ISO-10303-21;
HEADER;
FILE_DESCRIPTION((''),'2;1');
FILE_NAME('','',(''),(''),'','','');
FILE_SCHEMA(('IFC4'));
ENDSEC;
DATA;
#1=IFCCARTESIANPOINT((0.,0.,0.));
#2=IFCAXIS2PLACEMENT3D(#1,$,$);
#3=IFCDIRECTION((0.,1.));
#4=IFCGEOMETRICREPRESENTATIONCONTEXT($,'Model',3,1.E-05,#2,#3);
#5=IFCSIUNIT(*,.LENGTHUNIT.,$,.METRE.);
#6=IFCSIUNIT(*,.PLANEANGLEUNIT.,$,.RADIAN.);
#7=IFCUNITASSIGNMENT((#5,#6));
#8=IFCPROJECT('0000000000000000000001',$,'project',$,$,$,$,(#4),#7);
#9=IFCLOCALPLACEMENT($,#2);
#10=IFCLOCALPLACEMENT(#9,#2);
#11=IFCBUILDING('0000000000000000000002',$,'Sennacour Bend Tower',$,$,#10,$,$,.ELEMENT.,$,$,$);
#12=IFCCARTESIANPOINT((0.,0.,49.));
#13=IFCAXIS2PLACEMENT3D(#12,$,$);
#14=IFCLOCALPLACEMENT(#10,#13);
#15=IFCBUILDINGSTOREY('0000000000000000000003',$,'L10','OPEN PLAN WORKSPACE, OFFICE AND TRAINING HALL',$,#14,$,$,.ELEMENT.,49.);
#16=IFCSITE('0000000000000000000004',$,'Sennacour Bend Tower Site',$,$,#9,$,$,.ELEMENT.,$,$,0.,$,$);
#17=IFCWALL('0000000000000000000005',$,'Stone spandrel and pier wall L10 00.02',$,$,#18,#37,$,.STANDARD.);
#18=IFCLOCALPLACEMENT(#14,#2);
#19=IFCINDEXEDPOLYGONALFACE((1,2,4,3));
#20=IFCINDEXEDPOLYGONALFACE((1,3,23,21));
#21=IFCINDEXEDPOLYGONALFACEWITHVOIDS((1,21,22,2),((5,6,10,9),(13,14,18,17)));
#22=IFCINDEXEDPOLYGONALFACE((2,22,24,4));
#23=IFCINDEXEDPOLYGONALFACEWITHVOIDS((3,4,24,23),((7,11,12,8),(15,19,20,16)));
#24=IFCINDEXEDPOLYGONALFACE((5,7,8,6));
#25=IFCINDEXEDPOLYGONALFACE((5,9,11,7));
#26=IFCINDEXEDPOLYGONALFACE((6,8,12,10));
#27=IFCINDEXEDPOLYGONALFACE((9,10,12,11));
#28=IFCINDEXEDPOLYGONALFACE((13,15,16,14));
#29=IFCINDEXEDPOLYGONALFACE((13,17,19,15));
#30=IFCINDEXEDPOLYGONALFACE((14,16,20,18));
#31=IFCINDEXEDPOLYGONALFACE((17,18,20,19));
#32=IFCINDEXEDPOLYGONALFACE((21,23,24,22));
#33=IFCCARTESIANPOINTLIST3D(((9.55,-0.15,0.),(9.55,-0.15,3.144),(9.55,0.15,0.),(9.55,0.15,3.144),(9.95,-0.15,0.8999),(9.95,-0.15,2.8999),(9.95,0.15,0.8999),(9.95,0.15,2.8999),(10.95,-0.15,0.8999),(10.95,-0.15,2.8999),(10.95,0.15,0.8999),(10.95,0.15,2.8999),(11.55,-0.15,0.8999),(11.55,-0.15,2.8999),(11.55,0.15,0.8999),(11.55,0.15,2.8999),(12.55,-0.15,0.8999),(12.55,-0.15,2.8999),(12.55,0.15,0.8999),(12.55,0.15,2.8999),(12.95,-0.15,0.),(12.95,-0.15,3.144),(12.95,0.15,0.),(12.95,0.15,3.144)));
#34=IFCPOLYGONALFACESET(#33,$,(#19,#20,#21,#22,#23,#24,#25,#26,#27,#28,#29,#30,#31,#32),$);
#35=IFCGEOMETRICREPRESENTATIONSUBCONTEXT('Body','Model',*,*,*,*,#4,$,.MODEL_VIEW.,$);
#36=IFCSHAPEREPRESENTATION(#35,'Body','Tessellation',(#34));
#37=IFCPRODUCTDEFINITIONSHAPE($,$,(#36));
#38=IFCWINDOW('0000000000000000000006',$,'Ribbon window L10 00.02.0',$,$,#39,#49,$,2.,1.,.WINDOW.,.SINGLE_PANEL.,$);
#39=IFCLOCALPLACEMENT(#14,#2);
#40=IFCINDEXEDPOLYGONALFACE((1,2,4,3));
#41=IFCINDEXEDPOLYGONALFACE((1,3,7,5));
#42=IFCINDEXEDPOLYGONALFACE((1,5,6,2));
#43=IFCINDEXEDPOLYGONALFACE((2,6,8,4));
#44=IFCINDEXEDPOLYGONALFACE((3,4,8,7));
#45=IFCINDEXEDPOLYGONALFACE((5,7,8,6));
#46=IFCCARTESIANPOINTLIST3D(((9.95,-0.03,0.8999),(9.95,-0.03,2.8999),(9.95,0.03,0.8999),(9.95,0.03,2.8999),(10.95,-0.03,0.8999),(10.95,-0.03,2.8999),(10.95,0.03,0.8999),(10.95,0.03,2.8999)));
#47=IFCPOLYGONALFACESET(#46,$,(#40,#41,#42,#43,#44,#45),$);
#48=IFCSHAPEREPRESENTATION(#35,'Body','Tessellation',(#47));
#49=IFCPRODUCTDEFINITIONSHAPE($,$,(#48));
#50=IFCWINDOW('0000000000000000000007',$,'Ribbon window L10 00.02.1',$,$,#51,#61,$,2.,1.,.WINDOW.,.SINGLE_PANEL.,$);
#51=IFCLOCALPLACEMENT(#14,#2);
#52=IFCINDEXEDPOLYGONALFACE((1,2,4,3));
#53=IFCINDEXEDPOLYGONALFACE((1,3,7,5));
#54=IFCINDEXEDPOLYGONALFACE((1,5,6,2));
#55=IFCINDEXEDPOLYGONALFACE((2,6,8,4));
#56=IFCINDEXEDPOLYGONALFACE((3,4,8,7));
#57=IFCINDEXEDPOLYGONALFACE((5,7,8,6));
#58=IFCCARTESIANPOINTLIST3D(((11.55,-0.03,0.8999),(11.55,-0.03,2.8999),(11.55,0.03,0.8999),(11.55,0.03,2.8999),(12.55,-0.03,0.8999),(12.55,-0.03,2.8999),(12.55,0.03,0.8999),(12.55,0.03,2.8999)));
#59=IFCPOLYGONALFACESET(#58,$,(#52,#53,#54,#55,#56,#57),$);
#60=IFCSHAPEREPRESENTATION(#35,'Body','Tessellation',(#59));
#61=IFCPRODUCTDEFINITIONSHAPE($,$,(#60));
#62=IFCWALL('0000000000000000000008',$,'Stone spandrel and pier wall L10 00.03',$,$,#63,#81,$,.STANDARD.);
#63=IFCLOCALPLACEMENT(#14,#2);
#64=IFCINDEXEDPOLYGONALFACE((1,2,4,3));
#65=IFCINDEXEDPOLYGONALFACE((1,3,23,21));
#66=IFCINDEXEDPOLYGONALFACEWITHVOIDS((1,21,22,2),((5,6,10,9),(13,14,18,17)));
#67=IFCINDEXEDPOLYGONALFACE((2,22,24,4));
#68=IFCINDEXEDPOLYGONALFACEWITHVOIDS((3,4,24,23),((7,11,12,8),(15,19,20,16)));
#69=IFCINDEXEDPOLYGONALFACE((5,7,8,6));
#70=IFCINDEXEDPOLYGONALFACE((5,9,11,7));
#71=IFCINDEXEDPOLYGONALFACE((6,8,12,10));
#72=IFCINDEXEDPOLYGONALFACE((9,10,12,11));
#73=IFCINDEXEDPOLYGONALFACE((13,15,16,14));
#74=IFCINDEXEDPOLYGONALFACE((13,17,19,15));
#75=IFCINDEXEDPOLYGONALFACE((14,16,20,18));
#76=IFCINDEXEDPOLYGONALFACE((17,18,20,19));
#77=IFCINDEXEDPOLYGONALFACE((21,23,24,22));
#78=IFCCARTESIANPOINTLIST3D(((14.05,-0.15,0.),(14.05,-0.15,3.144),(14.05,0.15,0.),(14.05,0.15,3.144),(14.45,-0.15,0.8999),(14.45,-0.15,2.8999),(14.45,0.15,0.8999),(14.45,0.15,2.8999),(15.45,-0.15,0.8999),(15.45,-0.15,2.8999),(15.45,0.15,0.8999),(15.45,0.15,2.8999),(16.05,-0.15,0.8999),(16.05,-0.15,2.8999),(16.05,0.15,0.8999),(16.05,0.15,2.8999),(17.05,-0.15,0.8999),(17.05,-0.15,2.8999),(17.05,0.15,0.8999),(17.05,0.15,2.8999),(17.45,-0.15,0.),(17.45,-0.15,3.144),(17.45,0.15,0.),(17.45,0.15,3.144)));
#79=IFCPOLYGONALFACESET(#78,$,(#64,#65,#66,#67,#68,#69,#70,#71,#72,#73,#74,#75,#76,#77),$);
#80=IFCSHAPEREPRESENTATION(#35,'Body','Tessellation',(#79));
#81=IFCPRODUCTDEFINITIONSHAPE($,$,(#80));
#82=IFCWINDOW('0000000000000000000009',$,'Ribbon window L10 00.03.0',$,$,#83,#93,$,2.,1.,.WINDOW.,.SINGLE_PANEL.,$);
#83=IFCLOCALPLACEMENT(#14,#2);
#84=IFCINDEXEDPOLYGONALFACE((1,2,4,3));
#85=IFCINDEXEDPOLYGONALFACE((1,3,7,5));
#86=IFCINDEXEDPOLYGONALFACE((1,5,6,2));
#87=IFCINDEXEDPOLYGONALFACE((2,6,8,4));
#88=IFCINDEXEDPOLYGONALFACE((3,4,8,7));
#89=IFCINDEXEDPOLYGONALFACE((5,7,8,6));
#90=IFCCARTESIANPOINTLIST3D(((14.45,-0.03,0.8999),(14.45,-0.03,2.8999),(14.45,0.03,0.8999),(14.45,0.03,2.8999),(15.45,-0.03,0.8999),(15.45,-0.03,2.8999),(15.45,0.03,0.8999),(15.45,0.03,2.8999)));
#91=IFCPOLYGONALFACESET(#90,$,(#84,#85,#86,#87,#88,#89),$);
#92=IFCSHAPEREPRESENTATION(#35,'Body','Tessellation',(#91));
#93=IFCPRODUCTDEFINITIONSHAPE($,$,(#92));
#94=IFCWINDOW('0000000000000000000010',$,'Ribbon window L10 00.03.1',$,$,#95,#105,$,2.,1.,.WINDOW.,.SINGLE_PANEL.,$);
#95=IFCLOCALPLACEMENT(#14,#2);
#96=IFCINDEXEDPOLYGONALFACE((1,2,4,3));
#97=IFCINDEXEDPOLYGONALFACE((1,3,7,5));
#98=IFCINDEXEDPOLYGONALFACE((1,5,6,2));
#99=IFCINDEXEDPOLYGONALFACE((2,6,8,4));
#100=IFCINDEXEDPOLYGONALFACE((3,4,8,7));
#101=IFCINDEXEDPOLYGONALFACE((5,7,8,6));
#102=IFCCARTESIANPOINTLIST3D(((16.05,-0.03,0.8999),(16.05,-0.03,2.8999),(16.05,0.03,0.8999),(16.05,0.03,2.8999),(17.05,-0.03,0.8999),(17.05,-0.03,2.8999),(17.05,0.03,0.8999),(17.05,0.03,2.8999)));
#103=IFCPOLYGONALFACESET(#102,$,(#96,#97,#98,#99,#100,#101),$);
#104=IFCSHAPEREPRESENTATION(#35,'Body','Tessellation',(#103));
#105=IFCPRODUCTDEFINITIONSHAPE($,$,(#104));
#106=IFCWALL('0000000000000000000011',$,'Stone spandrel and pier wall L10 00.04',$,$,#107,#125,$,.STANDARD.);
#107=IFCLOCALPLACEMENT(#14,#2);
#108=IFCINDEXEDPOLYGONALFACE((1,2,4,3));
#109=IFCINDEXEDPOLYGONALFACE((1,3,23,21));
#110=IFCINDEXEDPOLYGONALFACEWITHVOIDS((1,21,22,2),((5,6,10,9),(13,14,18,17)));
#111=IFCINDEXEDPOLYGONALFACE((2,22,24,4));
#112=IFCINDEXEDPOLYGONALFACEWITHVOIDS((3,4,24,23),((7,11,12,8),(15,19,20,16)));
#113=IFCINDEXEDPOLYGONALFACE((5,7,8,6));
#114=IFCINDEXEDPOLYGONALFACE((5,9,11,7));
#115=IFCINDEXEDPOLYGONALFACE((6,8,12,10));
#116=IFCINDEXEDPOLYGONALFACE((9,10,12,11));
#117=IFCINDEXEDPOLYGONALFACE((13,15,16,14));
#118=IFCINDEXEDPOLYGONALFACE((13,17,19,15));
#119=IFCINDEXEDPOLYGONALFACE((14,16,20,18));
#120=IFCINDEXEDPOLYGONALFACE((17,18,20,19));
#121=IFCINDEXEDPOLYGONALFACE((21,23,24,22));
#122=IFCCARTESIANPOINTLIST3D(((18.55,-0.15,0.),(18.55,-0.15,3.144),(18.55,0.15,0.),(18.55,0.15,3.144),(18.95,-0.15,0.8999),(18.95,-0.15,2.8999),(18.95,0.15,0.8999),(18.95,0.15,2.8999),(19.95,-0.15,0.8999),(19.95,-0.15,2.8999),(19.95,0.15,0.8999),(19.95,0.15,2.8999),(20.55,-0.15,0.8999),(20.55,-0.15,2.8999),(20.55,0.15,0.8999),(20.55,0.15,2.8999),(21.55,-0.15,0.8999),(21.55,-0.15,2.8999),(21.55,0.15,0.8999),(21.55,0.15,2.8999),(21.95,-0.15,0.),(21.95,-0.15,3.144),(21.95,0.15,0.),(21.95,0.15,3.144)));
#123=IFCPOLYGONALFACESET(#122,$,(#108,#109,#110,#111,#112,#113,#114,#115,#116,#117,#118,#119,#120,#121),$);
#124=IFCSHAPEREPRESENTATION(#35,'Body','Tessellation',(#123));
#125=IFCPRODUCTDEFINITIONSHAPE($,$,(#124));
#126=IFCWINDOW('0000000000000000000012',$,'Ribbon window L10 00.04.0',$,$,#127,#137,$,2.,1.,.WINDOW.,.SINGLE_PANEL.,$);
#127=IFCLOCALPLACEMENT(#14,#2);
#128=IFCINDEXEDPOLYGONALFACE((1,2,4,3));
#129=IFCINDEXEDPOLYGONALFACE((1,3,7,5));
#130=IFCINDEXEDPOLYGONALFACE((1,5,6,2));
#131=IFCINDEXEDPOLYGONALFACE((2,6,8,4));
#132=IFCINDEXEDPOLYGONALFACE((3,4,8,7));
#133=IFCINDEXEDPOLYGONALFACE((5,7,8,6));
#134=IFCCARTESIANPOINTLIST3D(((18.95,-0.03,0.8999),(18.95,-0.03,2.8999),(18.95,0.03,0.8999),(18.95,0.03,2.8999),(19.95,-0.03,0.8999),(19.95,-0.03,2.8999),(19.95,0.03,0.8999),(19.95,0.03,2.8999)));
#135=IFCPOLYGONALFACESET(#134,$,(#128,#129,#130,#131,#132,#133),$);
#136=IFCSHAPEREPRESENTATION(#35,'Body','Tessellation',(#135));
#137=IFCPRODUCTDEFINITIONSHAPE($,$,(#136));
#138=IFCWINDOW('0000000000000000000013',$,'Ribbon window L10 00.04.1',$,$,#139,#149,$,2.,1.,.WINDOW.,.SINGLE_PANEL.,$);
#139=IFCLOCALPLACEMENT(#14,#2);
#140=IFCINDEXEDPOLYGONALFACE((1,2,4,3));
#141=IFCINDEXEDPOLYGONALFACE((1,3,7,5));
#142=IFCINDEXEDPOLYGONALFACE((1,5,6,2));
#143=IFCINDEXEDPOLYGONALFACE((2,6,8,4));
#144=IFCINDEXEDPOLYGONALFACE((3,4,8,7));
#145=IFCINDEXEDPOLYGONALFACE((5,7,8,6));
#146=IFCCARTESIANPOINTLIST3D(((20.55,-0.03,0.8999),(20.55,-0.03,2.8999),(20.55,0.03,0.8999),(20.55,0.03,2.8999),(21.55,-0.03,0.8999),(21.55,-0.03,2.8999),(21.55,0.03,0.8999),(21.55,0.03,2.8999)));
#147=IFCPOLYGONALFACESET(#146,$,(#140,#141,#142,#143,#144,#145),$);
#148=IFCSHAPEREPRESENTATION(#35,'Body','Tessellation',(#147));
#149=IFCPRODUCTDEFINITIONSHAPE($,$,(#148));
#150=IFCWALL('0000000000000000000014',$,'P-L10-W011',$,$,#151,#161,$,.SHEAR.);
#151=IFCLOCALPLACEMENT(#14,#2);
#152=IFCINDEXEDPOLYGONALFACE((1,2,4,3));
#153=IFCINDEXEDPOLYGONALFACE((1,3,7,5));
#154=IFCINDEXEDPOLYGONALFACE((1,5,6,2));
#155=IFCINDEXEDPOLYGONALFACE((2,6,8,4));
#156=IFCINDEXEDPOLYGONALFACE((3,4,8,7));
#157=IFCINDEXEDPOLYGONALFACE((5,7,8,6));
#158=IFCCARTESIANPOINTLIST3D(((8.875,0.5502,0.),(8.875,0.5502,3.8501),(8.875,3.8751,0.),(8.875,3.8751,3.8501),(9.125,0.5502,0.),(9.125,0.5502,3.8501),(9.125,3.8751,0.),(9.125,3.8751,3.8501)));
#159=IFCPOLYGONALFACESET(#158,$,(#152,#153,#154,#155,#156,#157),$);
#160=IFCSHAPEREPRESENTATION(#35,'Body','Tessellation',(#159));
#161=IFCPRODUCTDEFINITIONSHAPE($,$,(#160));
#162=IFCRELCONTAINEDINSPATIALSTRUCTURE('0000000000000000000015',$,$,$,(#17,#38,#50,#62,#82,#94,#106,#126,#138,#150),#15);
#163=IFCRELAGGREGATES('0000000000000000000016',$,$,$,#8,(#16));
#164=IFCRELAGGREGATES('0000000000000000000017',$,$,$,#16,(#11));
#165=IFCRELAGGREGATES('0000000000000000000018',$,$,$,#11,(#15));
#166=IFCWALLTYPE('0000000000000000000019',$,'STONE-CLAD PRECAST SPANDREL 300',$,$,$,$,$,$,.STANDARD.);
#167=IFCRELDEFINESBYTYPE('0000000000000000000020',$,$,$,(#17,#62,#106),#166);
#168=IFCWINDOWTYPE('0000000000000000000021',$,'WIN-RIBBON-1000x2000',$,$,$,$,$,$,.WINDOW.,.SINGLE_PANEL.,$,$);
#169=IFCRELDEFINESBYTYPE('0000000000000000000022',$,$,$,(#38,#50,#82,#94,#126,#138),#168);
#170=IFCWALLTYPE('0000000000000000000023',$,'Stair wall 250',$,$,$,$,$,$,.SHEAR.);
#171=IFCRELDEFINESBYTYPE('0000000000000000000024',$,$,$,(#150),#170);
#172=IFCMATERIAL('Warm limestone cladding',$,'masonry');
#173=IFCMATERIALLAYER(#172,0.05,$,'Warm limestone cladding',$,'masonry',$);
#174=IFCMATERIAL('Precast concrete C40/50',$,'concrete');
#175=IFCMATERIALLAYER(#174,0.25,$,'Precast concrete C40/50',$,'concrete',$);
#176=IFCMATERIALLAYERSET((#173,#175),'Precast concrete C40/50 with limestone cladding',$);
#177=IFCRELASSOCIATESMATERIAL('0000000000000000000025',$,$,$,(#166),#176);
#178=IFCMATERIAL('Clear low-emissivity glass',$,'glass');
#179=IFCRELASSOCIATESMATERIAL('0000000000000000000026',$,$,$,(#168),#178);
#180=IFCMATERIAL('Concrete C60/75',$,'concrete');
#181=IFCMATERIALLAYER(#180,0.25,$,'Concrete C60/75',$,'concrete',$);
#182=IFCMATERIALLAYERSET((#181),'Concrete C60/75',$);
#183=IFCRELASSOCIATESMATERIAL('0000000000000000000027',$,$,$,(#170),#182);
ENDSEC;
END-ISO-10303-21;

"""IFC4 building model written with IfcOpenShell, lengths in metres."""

from ifc_helpers import new_model, si_unit, direction, frame, frame_2d, origin, place, context, subcontext, project, spatial, rectangle, extrude, material, layer, layer_set, type_object, element, fill, save


model = new_model("IFC4")

# Units and contexts
model_context = context("Model", 3, precision=1e-05, world=origin(), true_north=direction((0.0, 1.0)))
body_context = subcontext(model_context, "Body", "Model", "MODEL_VIEW")
ifc_project = project(units=[si_unit("LENGTHUNIT", "METRE"), si_unit("PLANEANGLEUNIT", "RADIAN")], contexts=[model_context])

# Site, building, storey
site_placement = place(None, origin())
site = spatial("IfcSite", under=ifc_project, at=site_placement, Name="Sennacour Bend Tower Site", CompositionType="ELEMENT", RefElevation=0.0)
building_placement = place(site_placement, origin())
building = spatial("IfcBuilding", under=site, at=building_placement, Name="Sennacour Bend Tower", CompositionType="ELEMENT")
storey_placement = place(building_placement, frame((0.0, 0.0, 49.0)))
storey = spatial("IfcBuildingStorey", under=building, at=storey_placement, Name="L10", Description="OPEN PLAN WORKSPACE, OFFICE AND TRAINING HALL", CompositionType="ELEMENT", Elevation=49.0)

# Walls, openings, windows
ifc_material_1 = material(Name="Warm limestone cladding", Category="masonry")
ifc_layer_1 = layer(ifc_material_1, 0.05, Name="Warm limestone cladding", Category="masonry")
ifc_material_2 = material(Name="Precast concrete C40/50", Category="concrete")
ifc_layer_2 = layer(ifc_material_2, 0.25, Name="Precast concrete C40/50", Category="concrete")
ifc_layer_set_1 = layer_set([ifc_layer_1, ifc_layer_2], Name="Precast concrete C40/50 with limestone cladding")
wall_type_1 = type_object("IfcWallType", Name="STONE-CLAD PRECAST SPANDREL 300", PredefinedType="STANDARD", material=ifc_layer_set_1)
ifc_material_3 = material(Name="Clear low-emissivity glass", Category="glass")
window_type = type_object("IfcWindowType", Name="WIN-RIBBON-1000x2000", PartitioningType="SINGLE_PANEL", PredefinedType="WINDOW", material=ifc_material_3)
wall_1_placement = place(storey_placement, frame((9.55, 0.0, 0.0), z_axis=(0.0, 0.0, 1.0), x_axis=(1.0, 0.0, 0.0)))
wall_1 = element("IfcWall", 1, at=wall_1_placement, inside=storey, type_object=wall_type_1, Name="Stone spandrel and pier wall L10 00.02", PredefinedType="STANDARD", context=body_context, shape_type="SweptSolid", body=[
    extrude(rectangle(XDim=3.3999, YDim=0.3, at=frame_2d((1.7, 0.0))), origin(), (0.0, 0.0, 1.0), 3.144),
])
opening_1_placement = place(wall_1_placement, frame((0.3999, 0.0, 0.8999)))
opening_1 = element("IfcOpeningElement", 2, at=opening_1_placement, cuts=wall_1, PredefinedType="OPENING", context=body_context, shape_type="SweptSolid", body=[
    extrude(rectangle(XDim=1.0, YDim=2.0, at=frame_2d((0.5, 1.0))), frame((0.0, 0.1602, 0.0), z_axis=(0.0, -1.0, 0.0), x_axis=(1.0, 0.0, 0.0)), (0.0, 0.0, 1.0), 0.3201),
])
opening_2_placement = place(wall_1_placement, frame((2.0, 0.0, 0.8999)))
opening_2 = element("IfcOpeningElement", 3, at=opening_2_placement, cuts=wall_1, PredefinedType="OPENING", context=body_context, shape_type="SweptSolid", body=[
    extrude(rectangle(XDim=1.0, YDim=2.0, at=frame_2d((0.5, 1.0))), frame((0.0, 0.1602, 0.0), z_axis=(0.0, -1.0, 0.0), x_axis=(1.0, 0.0, 0.0)), (0.0, 0.0, 1.0), 0.3201),
])
window_1_placement = place(opening_1_placement, origin())
window_1 = element("IfcWindow", 4, at=window_1_placement, inside=storey, type_object=window_type, Name="Ribbon window L10 00.02.0", OverallHeight=2.0, OverallWidth=1.0, PartitioningType="SINGLE_PANEL", PredefinedType="WINDOW", context=body_context, shape_type="SweptSolid", body=[
    extrude(rectangle(XDim=1.0, YDim=2.0, at=frame_2d((0.5, 1.0))), frame((0.0, 0.03, 0.0), z_axis=(0.0, -1.0, 0.0), x_axis=(1.0, 0.0, 0.0)), (0.0, 0.0, 1.0), 0.0601),
])
fill(opening_1, window_1)
window_2_placement = place(opening_2_placement, origin())
window_2 = element("IfcWindow", 5, at=window_2_placement, inside=storey, type_object=window_type, Name="Ribbon window L10 00.02.1", OverallHeight=2.0, OverallWidth=1.0, PartitioningType="SINGLE_PANEL", PredefinedType="WINDOW", context=body_context, shape_type="SweptSolid", body=[
    extrude(rectangle(XDim=1.0, YDim=2.0, at=frame_2d((0.5, 1.0))), frame((0.0, 0.03, 0.0), z_axis=(0.0, -1.0, 0.0), x_axis=(1.0, 0.0, 0.0)), (0.0, 0.0, 1.0), 0.0601),
])
fill(opening_2, window_2)
wall_2_placement = place(storey_placement, frame((14.05, 0.0, 0.0), z_axis=(0.0, 0.0, 1.0), x_axis=(1.0, 0.0, 0.0)))
wall_2 = element("IfcWall", 6, at=wall_2_placement, inside=storey, type_object=wall_type_1, Name="Stone spandrel and pier wall L10 00.03", PredefinedType="STANDARD", context=body_context, shape_type="SweptSolid", body=[
    extrude(rectangle(XDim=3.3999, YDim=0.3, at=frame_2d((1.7, 0.0))), origin(), (0.0, 0.0, 1.0), 3.144),
])
opening_3_placement = place(wall_2_placement, frame((0.3999, 0.0, 0.8999)))
opening_3 = element("IfcOpeningElement", 7, at=opening_3_placement, cuts=wall_2, PredefinedType="OPENING", context=body_context, shape_type="SweptSolid", body=[
    extrude(rectangle(XDim=1.0, YDim=2.0, at=frame_2d((0.5, 1.0))), frame((0.0, 0.1602, 0.0), z_axis=(0.0, -1.0, 0.0), x_axis=(1.0, 0.0, 0.0)), (0.0, 0.0, 1.0), 0.3201),
])
opening_4_placement = place(wall_2_placement, frame((2.0, 0.0, 0.8999)))
opening_4 = element("IfcOpeningElement", 8, at=opening_4_placement, cuts=wall_2, PredefinedType="OPENING", context=body_context, shape_type="SweptSolid", body=[
    extrude(rectangle(XDim=1.0, YDim=2.0, at=frame_2d((0.5, 1.0))), frame((0.0, 0.1602, 0.0), z_axis=(0.0, -1.0, 0.0), x_axis=(1.0, 0.0, 0.0)), (0.0, 0.0, 1.0), 0.3201),
])
window_3_placement = place(opening_3_placement, origin())
window_3 = element("IfcWindow", 9, at=window_3_placement, inside=storey, type_object=window_type, Name="Ribbon window L10 00.03.0", OverallHeight=2.0, OverallWidth=1.0, PartitioningType="SINGLE_PANEL", PredefinedType="WINDOW", context=body_context, shape_type="SweptSolid", body=[
    extrude(rectangle(XDim=1.0, YDim=2.0, at=frame_2d((0.5, 1.0))), frame((0.0, 0.03, 0.0), z_axis=(0.0, -1.0, 0.0), x_axis=(1.0, 0.0, 0.0)), (0.0, 0.0, 1.0), 0.0601),
])
fill(opening_3, window_3)
window_4_placement = place(opening_4_placement, origin())
window_4 = element("IfcWindow", 10, at=window_4_placement, inside=storey, type_object=window_type, Name="Ribbon window L10 00.03.1", OverallHeight=2.0, OverallWidth=1.0, PartitioningType="SINGLE_PANEL", PredefinedType="WINDOW", context=body_context, shape_type="SweptSolid", body=[
    extrude(rectangle(XDim=1.0, YDim=2.0, at=frame_2d((0.5, 1.0))), frame((0.0, 0.03, 0.0), z_axis=(0.0, -1.0, 0.0), x_axis=(1.0, 0.0, 0.0)), (0.0, 0.0, 1.0), 0.0601),
])
fill(opening_4, window_4)
wall_3_placement = place(storey_placement, frame((18.55, 0.0, 0.0), z_axis=(0.0, 0.0, 1.0), x_axis=(1.0, 0.0, 0.0)))
wall_3 = element("IfcWall", 11, at=wall_3_placement, inside=storey, type_object=wall_type_1, Name="Stone spandrel and pier wall L10 00.04", PredefinedType="STANDARD", context=body_context, shape_type="SweptSolid", body=[
    extrude(rectangle(XDim=3.3999, YDim=0.3, at=frame_2d((1.7, 0.0))), origin(), (0.0, 0.0, 1.0), 3.144),
])
opening_5_placement = place(wall_3_placement, frame((0.3999, 0.0, 0.8999)))
opening_5 = element("IfcOpeningElement", 12, at=opening_5_placement, cuts=wall_3, PredefinedType="OPENING", context=body_context, shape_type="SweptSolid", body=[
    extrude(rectangle(XDim=1.0, YDim=2.0, at=frame_2d((0.5, 1.0))), frame((0.0, 0.1602, 0.0), z_axis=(0.0, -1.0, 0.0), x_axis=(1.0, 0.0, 0.0)), (0.0, 0.0, 1.0), 0.3201),
])
opening_6_placement = place(wall_3_placement, frame((2.0, 0.0, 0.8999)))
opening_6 = element("IfcOpeningElement", 13, at=opening_6_placement, cuts=wall_3, PredefinedType="OPENING", context=body_context, shape_type="SweptSolid", body=[
    extrude(rectangle(XDim=1.0, YDim=2.0, at=frame_2d((0.5, 1.0))), frame((0.0, 0.1602, 0.0), z_axis=(0.0, -1.0, 0.0), x_axis=(1.0, 0.0, 0.0)), (0.0, 0.0, 1.0), 0.3201),
])
window_5_placement = place(opening_5_placement, origin())
window_5 = element("IfcWindow", 14, at=window_5_placement, inside=storey, type_object=window_type, Name="Ribbon window L10 00.04.0", OverallHeight=2.0, OverallWidth=1.0, PartitioningType="SINGLE_PANEL", PredefinedType="WINDOW", context=body_context, shape_type="SweptSolid", body=[
    extrude(rectangle(XDim=1.0, YDim=2.0, at=frame_2d((0.5, 1.0))), frame((0.0, 0.03, 0.0), z_axis=(0.0, -1.0, 0.0), x_axis=(1.0, 0.0, 0.0)), (0.0, 0.0, 1.0), 0.0601),
])
fill(opening_5, window_5)
window_6_placement = place(opening_6_placement, origin())
window_6 = element("IfcWindow", 15, at=window_6_placement, inside=storey, type_object=window_type, Name="Ribbon window L10 00.04.1", OverallHeight=2.0, OverallWidth=1.0, PartitioningType="SINGLE_PANEL", PredefinedType="WINDOW", context=body_context, shape_type="SweptSolid", body=[
    extrude(rectangle(XDim=1.0, YDim=2.0, at=frame_2d((0.5, 1.0))), frame((0.0, 0.03, 0.0), z_axis=(0.0, -1.0, 0.0), x_axis=(1.0, 0.0, 0.0)), (0.0, 0.0, 1.0), 0.0601),
])
fill(opening_6, window_6)

# Wall
ifc_material_4 = material(Name="Concrete C60/75", Category="concrete")
ifc_layer_3 = layer(ifc_material_4, 0.25, Name="Concrete C60/75", Category="concrete")
ifc_layer_set_2 = layer_set([ifc_layer_3], Name="Concrete C60/75")
wall_type_2 = type_object("IfcWallType", Name="Stair wall 250", PredefinedType="SHEAR", material=ifc_layer_set_2)
wall_4_placement = place(storey_placement, frame((9.0, 0.55, 0.0), z_axis=(0.0, 0.0, 1.0), x_axis=(0.0, 1.0, 0.0)))
element("IfcWall", 16, at=wall_4_placement, inside=storey, type_object=wall_type_2, Name="P-L10-W011", PredefinedType="SHEAR", context=body_context, shape_type="SweptSolid", body=[
    extrude(rectangle(XDim=3.325, YDim=0.25, at=frame_2d((1.6626, 0.0))), origin(), (0.0, 0.0, 1.0), 3.8501),
])

save(model, "model.ifc")
